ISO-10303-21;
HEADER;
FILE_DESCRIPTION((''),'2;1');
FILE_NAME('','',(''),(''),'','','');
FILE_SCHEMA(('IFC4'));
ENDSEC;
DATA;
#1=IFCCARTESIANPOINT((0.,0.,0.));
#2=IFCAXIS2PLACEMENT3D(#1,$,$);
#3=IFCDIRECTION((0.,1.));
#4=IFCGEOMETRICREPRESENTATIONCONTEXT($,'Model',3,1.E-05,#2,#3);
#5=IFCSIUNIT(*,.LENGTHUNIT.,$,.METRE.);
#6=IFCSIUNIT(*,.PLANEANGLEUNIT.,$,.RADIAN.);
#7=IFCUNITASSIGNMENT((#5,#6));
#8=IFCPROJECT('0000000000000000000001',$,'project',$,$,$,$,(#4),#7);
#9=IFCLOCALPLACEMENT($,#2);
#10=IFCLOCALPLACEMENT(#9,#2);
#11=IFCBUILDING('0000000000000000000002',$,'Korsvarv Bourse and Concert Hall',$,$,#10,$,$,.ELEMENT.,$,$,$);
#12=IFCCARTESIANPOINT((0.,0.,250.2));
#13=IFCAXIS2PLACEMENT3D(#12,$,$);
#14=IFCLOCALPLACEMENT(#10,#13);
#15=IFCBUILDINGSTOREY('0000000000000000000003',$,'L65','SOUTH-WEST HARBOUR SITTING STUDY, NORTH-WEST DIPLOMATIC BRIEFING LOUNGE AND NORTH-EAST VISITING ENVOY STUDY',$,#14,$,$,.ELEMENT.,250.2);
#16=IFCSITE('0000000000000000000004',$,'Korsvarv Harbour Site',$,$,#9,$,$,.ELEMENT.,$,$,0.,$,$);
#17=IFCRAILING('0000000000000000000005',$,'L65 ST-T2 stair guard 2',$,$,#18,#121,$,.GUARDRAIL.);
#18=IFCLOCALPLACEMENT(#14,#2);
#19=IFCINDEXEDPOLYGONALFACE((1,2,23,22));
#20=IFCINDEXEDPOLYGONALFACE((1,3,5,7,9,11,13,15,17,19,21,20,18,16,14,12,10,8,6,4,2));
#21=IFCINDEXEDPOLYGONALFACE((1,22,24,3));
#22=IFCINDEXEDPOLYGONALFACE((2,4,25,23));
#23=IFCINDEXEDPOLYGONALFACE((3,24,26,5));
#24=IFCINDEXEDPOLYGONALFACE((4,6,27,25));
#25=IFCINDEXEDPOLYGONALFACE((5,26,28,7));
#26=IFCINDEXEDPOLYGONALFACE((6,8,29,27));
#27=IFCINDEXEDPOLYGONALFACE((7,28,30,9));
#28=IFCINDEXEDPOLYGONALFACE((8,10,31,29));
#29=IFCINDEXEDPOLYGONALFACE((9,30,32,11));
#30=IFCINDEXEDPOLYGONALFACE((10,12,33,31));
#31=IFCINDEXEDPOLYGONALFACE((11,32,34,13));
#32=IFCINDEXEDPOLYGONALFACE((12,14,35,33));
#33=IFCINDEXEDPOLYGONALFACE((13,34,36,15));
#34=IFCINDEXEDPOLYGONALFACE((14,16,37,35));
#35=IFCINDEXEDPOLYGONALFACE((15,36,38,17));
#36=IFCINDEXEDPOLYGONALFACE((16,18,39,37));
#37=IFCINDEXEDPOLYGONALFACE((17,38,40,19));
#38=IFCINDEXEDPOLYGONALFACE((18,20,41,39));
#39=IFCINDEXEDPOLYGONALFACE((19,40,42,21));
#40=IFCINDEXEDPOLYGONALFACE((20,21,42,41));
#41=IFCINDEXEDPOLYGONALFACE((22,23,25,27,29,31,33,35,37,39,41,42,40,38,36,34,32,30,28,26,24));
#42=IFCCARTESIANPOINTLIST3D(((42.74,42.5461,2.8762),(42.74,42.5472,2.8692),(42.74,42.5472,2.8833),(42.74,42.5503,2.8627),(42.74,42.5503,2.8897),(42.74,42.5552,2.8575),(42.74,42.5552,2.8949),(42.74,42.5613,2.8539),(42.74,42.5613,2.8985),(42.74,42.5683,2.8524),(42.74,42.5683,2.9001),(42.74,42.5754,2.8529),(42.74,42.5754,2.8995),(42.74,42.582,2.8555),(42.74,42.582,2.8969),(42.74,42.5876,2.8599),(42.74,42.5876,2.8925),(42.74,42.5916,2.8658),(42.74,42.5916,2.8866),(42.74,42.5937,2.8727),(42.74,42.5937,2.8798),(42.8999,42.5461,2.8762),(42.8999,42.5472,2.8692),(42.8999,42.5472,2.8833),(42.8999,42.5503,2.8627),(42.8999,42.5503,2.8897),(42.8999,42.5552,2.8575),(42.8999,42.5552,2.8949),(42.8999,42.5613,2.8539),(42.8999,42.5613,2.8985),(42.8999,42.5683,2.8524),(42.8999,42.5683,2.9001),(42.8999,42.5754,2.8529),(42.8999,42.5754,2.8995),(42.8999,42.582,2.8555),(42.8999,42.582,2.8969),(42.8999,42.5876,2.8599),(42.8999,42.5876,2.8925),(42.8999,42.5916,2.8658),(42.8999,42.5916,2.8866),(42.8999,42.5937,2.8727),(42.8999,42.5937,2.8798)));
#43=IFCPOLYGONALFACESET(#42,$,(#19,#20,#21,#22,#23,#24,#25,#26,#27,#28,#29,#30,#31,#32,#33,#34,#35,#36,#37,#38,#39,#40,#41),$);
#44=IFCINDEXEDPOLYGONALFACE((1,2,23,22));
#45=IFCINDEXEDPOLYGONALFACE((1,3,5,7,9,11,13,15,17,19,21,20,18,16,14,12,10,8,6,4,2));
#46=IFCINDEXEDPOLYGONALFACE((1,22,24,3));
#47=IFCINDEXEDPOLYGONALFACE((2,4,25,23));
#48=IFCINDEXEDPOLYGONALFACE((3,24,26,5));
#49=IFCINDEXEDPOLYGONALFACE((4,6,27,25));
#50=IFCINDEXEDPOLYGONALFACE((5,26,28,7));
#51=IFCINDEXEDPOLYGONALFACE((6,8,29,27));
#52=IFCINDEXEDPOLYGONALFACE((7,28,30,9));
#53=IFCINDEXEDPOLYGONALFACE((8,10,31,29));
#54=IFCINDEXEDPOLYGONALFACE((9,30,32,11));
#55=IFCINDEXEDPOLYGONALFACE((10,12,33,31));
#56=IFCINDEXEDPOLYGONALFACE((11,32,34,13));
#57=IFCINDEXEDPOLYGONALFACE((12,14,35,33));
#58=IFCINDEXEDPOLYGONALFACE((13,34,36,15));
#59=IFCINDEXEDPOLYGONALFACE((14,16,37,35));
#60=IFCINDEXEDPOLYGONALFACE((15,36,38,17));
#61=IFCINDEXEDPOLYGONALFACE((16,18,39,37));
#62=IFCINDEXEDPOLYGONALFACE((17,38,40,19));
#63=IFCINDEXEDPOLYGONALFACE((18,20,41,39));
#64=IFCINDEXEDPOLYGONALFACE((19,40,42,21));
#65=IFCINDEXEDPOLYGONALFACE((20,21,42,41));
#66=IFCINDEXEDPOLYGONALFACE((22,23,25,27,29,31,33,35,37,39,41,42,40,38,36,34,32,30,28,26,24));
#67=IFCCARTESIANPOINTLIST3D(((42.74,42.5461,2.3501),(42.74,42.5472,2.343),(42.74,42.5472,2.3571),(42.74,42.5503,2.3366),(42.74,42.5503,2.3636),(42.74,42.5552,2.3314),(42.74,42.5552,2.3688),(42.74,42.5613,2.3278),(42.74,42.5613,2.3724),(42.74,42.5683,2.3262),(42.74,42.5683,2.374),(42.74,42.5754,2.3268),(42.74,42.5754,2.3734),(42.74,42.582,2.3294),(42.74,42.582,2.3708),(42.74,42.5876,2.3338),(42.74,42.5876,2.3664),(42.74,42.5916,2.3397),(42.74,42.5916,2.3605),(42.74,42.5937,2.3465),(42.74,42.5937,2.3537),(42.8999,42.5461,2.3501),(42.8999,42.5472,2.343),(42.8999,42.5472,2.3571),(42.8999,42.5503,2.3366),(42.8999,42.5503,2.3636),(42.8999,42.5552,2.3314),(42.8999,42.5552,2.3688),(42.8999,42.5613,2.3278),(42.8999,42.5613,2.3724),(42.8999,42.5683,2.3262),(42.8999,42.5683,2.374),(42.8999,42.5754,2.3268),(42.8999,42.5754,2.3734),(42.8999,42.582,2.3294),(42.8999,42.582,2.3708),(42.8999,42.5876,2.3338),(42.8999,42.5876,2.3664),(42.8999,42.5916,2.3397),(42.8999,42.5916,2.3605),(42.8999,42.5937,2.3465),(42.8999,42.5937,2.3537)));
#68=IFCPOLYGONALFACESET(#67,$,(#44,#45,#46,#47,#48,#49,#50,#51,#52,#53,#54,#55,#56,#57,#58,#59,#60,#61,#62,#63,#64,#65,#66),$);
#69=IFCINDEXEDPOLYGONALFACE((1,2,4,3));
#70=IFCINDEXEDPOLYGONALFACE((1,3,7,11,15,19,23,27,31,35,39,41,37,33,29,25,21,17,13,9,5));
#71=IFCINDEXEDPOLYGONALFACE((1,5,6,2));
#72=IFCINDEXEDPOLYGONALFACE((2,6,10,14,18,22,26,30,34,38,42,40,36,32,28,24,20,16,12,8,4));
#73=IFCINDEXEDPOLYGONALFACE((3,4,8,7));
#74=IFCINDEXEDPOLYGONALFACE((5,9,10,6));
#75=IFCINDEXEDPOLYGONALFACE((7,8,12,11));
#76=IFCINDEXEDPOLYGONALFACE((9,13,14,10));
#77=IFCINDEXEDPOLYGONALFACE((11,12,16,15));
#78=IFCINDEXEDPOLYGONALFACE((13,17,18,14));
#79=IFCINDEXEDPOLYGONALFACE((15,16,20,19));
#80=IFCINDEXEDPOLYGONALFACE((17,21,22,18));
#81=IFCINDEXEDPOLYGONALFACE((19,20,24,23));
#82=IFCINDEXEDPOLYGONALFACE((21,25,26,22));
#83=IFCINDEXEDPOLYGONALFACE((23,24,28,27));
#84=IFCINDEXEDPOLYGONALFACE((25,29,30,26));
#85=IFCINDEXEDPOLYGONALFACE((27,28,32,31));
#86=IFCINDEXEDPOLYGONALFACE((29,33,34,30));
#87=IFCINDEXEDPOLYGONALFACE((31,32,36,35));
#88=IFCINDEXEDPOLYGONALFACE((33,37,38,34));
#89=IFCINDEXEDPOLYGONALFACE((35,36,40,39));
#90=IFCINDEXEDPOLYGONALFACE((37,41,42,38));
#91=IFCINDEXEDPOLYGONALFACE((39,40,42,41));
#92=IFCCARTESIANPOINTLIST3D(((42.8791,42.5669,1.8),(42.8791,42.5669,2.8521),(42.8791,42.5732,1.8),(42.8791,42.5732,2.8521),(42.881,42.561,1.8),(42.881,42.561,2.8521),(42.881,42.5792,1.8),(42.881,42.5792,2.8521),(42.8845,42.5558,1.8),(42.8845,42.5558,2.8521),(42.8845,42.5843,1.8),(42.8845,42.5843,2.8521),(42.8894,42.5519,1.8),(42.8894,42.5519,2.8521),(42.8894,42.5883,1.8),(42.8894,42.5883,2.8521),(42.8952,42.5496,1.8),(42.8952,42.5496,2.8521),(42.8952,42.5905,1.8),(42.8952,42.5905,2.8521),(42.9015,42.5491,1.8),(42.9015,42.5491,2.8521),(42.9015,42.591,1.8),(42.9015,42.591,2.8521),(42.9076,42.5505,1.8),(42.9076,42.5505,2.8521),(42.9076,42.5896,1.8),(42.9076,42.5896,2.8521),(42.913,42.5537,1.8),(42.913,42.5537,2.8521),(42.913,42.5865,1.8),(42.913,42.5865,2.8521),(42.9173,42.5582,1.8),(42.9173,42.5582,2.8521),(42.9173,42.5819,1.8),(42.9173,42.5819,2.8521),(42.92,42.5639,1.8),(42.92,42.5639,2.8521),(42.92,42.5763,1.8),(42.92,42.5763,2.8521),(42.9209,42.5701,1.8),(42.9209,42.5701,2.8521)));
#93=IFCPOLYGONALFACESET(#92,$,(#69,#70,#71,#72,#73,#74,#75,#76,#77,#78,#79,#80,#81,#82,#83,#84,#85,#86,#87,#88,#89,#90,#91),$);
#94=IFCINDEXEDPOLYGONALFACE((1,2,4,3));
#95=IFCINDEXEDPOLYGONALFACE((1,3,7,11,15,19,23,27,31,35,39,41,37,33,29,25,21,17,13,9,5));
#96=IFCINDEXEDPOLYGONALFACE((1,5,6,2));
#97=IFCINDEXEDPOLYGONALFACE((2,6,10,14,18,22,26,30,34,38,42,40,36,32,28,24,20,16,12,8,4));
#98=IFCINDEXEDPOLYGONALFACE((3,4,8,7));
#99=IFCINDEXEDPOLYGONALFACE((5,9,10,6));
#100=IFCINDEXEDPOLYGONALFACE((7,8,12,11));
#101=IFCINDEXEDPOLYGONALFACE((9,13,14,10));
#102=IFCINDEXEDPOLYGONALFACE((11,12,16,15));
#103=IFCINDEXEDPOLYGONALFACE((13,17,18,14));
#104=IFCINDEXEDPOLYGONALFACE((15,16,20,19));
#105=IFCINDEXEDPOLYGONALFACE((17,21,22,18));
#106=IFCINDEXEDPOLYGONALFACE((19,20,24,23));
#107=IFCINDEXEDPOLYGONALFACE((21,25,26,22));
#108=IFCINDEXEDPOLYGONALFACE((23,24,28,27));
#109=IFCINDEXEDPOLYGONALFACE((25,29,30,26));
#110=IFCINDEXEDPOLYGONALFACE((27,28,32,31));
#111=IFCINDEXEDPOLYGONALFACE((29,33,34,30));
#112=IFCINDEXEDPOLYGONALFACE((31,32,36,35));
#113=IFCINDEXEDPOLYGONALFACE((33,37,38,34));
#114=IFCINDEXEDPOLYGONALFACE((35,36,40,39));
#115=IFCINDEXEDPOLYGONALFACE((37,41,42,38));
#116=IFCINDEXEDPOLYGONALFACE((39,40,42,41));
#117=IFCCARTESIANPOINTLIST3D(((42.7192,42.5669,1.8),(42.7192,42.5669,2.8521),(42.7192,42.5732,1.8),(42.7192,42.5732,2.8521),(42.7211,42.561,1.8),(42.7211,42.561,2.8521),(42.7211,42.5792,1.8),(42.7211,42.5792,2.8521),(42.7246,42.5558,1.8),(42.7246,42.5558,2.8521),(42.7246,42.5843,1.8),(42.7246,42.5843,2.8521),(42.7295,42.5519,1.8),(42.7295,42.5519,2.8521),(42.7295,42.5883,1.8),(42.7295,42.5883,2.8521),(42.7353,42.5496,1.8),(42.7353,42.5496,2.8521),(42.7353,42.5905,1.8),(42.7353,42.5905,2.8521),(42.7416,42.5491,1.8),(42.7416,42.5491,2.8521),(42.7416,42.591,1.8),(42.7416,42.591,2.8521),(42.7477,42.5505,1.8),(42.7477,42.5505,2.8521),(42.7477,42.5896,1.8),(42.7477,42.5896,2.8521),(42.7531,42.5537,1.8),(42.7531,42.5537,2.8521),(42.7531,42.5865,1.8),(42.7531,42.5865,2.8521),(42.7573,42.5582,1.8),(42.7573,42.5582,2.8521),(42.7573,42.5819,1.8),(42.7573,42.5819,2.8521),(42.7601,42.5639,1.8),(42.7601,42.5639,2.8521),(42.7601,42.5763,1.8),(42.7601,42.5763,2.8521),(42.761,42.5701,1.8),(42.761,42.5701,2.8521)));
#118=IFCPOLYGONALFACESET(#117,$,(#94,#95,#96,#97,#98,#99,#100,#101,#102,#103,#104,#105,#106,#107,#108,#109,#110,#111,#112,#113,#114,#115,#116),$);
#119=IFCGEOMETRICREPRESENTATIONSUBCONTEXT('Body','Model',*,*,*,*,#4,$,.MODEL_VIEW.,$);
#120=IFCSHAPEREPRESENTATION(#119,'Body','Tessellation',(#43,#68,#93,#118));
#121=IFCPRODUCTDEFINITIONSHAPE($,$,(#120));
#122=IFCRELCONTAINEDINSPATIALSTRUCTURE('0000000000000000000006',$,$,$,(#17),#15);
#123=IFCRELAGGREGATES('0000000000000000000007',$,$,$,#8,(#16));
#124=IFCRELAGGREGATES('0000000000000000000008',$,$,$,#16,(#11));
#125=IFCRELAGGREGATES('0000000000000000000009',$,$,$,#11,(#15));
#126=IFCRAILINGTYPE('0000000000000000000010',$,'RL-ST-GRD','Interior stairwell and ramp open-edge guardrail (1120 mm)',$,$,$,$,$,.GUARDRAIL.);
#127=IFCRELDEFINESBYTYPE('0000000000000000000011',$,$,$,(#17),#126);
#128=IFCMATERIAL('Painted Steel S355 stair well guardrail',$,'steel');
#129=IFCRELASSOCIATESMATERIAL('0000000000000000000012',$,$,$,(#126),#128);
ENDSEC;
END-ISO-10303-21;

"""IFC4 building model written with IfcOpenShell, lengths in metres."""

from ifc_helpers import new_model, si_unit, direction, frame, origin, origin_2d, place, context, subcontext, project, spatial, circle, extrude, material, type_object, element, save


model = new_model("IFC4")

# Units and contexts
model_context = context("Model", 3, precision=1e-05, world=origin(), true_north=direction((0.0, 1.0)))
body_context = subcontext(model_context, "Body", "Model", "MODEL_VIEW")
ifc_project = project(units=[si_unit("LENGTHUNIT", "METRE"), si_unit("PLANEANGLEUNIT", "RADIAN")], contexts=[model_context])

# Site, building, storey
site_placement = place(None, origin())
site = spatial("IfcSite", under=ifc_project, at=site_placement, Name="Korsvarv Harbour Site", CompositionType="ELEMENT", RefElevation=0.0)
building_placement = place(site_placement, origin())
building = spatial("IfcBuilding", under=site, at=building_placement, Name="Korsvarv Bourse and Concert Hall", CompositionType="ELEMENT")
storey_placement = place(building_placement, frame((0.0, 0.0, 250.2)))
storey = spatial("IfcBuildingStorey", under=building, at=storey_placement, Name="L65", Description="SOUTH-WEST HARBOUR SITTING STUDY, NORTH-WEST DIPLOMATIC BRIEFING LOUNGE AND NORTH-EAST VISITING ENVOY STUDY", CompositionType="ELEMENT", Elevation=250.2)

# Railing
ifc_material_1 = material(Name="Painted Steel S355 stair well guardrail", Category="steel")
railing_type_1 = type_object("IfcRailingType", Name="RL-ST-GRD", Description="Interior stairwell and ramp open-edge guardrail (1120 mm)", PredefinedType="GUARDRAIL", material=ifc_material_1)
railing_1_placement = place(storey_placement, frame((42.8999, 42.5701, 1.8)))
element("IfcRailing", 1, at=railing_1_placement, inside=storey, type_object=railing_type_1, Name="L65 ST-T2 stair guard 2", PredefinedType="GUARDRAIL", context=body_context, shape_type="SweptSolid", body=[
    extrude(circle(Radius=0.0239, at=origin_2d()), frame((0.0, 0.0, 1.0762), z_axis=(-1.0, 0.0, 0.0), x_axis=(0.0, -1.0, 0.0)), (0.0, 0.0, 1.0), 0.1599),
    extrude(circle(Radius=0.0239, at=origin_2d()), frame((0.0, 0.0, 0.55), z_axis=(-1.0, 0.0, 0.0), x_axis=(0.0, -1.0, 0.0)), (0.0, 0.0, 1.0), 0.1599),
    extrude(circle(Radius=0.021, at=origin_2d()), origin(), (0.0, 0.0, 1.0), 1.052),
    extrude(circle(Radius=0.021, at=origin_2d()), frame((-0.1599, 0.0, 0.0)), (0.0, 0.0, 1.0), 1.052),
])

save(model, "model.ifc")
